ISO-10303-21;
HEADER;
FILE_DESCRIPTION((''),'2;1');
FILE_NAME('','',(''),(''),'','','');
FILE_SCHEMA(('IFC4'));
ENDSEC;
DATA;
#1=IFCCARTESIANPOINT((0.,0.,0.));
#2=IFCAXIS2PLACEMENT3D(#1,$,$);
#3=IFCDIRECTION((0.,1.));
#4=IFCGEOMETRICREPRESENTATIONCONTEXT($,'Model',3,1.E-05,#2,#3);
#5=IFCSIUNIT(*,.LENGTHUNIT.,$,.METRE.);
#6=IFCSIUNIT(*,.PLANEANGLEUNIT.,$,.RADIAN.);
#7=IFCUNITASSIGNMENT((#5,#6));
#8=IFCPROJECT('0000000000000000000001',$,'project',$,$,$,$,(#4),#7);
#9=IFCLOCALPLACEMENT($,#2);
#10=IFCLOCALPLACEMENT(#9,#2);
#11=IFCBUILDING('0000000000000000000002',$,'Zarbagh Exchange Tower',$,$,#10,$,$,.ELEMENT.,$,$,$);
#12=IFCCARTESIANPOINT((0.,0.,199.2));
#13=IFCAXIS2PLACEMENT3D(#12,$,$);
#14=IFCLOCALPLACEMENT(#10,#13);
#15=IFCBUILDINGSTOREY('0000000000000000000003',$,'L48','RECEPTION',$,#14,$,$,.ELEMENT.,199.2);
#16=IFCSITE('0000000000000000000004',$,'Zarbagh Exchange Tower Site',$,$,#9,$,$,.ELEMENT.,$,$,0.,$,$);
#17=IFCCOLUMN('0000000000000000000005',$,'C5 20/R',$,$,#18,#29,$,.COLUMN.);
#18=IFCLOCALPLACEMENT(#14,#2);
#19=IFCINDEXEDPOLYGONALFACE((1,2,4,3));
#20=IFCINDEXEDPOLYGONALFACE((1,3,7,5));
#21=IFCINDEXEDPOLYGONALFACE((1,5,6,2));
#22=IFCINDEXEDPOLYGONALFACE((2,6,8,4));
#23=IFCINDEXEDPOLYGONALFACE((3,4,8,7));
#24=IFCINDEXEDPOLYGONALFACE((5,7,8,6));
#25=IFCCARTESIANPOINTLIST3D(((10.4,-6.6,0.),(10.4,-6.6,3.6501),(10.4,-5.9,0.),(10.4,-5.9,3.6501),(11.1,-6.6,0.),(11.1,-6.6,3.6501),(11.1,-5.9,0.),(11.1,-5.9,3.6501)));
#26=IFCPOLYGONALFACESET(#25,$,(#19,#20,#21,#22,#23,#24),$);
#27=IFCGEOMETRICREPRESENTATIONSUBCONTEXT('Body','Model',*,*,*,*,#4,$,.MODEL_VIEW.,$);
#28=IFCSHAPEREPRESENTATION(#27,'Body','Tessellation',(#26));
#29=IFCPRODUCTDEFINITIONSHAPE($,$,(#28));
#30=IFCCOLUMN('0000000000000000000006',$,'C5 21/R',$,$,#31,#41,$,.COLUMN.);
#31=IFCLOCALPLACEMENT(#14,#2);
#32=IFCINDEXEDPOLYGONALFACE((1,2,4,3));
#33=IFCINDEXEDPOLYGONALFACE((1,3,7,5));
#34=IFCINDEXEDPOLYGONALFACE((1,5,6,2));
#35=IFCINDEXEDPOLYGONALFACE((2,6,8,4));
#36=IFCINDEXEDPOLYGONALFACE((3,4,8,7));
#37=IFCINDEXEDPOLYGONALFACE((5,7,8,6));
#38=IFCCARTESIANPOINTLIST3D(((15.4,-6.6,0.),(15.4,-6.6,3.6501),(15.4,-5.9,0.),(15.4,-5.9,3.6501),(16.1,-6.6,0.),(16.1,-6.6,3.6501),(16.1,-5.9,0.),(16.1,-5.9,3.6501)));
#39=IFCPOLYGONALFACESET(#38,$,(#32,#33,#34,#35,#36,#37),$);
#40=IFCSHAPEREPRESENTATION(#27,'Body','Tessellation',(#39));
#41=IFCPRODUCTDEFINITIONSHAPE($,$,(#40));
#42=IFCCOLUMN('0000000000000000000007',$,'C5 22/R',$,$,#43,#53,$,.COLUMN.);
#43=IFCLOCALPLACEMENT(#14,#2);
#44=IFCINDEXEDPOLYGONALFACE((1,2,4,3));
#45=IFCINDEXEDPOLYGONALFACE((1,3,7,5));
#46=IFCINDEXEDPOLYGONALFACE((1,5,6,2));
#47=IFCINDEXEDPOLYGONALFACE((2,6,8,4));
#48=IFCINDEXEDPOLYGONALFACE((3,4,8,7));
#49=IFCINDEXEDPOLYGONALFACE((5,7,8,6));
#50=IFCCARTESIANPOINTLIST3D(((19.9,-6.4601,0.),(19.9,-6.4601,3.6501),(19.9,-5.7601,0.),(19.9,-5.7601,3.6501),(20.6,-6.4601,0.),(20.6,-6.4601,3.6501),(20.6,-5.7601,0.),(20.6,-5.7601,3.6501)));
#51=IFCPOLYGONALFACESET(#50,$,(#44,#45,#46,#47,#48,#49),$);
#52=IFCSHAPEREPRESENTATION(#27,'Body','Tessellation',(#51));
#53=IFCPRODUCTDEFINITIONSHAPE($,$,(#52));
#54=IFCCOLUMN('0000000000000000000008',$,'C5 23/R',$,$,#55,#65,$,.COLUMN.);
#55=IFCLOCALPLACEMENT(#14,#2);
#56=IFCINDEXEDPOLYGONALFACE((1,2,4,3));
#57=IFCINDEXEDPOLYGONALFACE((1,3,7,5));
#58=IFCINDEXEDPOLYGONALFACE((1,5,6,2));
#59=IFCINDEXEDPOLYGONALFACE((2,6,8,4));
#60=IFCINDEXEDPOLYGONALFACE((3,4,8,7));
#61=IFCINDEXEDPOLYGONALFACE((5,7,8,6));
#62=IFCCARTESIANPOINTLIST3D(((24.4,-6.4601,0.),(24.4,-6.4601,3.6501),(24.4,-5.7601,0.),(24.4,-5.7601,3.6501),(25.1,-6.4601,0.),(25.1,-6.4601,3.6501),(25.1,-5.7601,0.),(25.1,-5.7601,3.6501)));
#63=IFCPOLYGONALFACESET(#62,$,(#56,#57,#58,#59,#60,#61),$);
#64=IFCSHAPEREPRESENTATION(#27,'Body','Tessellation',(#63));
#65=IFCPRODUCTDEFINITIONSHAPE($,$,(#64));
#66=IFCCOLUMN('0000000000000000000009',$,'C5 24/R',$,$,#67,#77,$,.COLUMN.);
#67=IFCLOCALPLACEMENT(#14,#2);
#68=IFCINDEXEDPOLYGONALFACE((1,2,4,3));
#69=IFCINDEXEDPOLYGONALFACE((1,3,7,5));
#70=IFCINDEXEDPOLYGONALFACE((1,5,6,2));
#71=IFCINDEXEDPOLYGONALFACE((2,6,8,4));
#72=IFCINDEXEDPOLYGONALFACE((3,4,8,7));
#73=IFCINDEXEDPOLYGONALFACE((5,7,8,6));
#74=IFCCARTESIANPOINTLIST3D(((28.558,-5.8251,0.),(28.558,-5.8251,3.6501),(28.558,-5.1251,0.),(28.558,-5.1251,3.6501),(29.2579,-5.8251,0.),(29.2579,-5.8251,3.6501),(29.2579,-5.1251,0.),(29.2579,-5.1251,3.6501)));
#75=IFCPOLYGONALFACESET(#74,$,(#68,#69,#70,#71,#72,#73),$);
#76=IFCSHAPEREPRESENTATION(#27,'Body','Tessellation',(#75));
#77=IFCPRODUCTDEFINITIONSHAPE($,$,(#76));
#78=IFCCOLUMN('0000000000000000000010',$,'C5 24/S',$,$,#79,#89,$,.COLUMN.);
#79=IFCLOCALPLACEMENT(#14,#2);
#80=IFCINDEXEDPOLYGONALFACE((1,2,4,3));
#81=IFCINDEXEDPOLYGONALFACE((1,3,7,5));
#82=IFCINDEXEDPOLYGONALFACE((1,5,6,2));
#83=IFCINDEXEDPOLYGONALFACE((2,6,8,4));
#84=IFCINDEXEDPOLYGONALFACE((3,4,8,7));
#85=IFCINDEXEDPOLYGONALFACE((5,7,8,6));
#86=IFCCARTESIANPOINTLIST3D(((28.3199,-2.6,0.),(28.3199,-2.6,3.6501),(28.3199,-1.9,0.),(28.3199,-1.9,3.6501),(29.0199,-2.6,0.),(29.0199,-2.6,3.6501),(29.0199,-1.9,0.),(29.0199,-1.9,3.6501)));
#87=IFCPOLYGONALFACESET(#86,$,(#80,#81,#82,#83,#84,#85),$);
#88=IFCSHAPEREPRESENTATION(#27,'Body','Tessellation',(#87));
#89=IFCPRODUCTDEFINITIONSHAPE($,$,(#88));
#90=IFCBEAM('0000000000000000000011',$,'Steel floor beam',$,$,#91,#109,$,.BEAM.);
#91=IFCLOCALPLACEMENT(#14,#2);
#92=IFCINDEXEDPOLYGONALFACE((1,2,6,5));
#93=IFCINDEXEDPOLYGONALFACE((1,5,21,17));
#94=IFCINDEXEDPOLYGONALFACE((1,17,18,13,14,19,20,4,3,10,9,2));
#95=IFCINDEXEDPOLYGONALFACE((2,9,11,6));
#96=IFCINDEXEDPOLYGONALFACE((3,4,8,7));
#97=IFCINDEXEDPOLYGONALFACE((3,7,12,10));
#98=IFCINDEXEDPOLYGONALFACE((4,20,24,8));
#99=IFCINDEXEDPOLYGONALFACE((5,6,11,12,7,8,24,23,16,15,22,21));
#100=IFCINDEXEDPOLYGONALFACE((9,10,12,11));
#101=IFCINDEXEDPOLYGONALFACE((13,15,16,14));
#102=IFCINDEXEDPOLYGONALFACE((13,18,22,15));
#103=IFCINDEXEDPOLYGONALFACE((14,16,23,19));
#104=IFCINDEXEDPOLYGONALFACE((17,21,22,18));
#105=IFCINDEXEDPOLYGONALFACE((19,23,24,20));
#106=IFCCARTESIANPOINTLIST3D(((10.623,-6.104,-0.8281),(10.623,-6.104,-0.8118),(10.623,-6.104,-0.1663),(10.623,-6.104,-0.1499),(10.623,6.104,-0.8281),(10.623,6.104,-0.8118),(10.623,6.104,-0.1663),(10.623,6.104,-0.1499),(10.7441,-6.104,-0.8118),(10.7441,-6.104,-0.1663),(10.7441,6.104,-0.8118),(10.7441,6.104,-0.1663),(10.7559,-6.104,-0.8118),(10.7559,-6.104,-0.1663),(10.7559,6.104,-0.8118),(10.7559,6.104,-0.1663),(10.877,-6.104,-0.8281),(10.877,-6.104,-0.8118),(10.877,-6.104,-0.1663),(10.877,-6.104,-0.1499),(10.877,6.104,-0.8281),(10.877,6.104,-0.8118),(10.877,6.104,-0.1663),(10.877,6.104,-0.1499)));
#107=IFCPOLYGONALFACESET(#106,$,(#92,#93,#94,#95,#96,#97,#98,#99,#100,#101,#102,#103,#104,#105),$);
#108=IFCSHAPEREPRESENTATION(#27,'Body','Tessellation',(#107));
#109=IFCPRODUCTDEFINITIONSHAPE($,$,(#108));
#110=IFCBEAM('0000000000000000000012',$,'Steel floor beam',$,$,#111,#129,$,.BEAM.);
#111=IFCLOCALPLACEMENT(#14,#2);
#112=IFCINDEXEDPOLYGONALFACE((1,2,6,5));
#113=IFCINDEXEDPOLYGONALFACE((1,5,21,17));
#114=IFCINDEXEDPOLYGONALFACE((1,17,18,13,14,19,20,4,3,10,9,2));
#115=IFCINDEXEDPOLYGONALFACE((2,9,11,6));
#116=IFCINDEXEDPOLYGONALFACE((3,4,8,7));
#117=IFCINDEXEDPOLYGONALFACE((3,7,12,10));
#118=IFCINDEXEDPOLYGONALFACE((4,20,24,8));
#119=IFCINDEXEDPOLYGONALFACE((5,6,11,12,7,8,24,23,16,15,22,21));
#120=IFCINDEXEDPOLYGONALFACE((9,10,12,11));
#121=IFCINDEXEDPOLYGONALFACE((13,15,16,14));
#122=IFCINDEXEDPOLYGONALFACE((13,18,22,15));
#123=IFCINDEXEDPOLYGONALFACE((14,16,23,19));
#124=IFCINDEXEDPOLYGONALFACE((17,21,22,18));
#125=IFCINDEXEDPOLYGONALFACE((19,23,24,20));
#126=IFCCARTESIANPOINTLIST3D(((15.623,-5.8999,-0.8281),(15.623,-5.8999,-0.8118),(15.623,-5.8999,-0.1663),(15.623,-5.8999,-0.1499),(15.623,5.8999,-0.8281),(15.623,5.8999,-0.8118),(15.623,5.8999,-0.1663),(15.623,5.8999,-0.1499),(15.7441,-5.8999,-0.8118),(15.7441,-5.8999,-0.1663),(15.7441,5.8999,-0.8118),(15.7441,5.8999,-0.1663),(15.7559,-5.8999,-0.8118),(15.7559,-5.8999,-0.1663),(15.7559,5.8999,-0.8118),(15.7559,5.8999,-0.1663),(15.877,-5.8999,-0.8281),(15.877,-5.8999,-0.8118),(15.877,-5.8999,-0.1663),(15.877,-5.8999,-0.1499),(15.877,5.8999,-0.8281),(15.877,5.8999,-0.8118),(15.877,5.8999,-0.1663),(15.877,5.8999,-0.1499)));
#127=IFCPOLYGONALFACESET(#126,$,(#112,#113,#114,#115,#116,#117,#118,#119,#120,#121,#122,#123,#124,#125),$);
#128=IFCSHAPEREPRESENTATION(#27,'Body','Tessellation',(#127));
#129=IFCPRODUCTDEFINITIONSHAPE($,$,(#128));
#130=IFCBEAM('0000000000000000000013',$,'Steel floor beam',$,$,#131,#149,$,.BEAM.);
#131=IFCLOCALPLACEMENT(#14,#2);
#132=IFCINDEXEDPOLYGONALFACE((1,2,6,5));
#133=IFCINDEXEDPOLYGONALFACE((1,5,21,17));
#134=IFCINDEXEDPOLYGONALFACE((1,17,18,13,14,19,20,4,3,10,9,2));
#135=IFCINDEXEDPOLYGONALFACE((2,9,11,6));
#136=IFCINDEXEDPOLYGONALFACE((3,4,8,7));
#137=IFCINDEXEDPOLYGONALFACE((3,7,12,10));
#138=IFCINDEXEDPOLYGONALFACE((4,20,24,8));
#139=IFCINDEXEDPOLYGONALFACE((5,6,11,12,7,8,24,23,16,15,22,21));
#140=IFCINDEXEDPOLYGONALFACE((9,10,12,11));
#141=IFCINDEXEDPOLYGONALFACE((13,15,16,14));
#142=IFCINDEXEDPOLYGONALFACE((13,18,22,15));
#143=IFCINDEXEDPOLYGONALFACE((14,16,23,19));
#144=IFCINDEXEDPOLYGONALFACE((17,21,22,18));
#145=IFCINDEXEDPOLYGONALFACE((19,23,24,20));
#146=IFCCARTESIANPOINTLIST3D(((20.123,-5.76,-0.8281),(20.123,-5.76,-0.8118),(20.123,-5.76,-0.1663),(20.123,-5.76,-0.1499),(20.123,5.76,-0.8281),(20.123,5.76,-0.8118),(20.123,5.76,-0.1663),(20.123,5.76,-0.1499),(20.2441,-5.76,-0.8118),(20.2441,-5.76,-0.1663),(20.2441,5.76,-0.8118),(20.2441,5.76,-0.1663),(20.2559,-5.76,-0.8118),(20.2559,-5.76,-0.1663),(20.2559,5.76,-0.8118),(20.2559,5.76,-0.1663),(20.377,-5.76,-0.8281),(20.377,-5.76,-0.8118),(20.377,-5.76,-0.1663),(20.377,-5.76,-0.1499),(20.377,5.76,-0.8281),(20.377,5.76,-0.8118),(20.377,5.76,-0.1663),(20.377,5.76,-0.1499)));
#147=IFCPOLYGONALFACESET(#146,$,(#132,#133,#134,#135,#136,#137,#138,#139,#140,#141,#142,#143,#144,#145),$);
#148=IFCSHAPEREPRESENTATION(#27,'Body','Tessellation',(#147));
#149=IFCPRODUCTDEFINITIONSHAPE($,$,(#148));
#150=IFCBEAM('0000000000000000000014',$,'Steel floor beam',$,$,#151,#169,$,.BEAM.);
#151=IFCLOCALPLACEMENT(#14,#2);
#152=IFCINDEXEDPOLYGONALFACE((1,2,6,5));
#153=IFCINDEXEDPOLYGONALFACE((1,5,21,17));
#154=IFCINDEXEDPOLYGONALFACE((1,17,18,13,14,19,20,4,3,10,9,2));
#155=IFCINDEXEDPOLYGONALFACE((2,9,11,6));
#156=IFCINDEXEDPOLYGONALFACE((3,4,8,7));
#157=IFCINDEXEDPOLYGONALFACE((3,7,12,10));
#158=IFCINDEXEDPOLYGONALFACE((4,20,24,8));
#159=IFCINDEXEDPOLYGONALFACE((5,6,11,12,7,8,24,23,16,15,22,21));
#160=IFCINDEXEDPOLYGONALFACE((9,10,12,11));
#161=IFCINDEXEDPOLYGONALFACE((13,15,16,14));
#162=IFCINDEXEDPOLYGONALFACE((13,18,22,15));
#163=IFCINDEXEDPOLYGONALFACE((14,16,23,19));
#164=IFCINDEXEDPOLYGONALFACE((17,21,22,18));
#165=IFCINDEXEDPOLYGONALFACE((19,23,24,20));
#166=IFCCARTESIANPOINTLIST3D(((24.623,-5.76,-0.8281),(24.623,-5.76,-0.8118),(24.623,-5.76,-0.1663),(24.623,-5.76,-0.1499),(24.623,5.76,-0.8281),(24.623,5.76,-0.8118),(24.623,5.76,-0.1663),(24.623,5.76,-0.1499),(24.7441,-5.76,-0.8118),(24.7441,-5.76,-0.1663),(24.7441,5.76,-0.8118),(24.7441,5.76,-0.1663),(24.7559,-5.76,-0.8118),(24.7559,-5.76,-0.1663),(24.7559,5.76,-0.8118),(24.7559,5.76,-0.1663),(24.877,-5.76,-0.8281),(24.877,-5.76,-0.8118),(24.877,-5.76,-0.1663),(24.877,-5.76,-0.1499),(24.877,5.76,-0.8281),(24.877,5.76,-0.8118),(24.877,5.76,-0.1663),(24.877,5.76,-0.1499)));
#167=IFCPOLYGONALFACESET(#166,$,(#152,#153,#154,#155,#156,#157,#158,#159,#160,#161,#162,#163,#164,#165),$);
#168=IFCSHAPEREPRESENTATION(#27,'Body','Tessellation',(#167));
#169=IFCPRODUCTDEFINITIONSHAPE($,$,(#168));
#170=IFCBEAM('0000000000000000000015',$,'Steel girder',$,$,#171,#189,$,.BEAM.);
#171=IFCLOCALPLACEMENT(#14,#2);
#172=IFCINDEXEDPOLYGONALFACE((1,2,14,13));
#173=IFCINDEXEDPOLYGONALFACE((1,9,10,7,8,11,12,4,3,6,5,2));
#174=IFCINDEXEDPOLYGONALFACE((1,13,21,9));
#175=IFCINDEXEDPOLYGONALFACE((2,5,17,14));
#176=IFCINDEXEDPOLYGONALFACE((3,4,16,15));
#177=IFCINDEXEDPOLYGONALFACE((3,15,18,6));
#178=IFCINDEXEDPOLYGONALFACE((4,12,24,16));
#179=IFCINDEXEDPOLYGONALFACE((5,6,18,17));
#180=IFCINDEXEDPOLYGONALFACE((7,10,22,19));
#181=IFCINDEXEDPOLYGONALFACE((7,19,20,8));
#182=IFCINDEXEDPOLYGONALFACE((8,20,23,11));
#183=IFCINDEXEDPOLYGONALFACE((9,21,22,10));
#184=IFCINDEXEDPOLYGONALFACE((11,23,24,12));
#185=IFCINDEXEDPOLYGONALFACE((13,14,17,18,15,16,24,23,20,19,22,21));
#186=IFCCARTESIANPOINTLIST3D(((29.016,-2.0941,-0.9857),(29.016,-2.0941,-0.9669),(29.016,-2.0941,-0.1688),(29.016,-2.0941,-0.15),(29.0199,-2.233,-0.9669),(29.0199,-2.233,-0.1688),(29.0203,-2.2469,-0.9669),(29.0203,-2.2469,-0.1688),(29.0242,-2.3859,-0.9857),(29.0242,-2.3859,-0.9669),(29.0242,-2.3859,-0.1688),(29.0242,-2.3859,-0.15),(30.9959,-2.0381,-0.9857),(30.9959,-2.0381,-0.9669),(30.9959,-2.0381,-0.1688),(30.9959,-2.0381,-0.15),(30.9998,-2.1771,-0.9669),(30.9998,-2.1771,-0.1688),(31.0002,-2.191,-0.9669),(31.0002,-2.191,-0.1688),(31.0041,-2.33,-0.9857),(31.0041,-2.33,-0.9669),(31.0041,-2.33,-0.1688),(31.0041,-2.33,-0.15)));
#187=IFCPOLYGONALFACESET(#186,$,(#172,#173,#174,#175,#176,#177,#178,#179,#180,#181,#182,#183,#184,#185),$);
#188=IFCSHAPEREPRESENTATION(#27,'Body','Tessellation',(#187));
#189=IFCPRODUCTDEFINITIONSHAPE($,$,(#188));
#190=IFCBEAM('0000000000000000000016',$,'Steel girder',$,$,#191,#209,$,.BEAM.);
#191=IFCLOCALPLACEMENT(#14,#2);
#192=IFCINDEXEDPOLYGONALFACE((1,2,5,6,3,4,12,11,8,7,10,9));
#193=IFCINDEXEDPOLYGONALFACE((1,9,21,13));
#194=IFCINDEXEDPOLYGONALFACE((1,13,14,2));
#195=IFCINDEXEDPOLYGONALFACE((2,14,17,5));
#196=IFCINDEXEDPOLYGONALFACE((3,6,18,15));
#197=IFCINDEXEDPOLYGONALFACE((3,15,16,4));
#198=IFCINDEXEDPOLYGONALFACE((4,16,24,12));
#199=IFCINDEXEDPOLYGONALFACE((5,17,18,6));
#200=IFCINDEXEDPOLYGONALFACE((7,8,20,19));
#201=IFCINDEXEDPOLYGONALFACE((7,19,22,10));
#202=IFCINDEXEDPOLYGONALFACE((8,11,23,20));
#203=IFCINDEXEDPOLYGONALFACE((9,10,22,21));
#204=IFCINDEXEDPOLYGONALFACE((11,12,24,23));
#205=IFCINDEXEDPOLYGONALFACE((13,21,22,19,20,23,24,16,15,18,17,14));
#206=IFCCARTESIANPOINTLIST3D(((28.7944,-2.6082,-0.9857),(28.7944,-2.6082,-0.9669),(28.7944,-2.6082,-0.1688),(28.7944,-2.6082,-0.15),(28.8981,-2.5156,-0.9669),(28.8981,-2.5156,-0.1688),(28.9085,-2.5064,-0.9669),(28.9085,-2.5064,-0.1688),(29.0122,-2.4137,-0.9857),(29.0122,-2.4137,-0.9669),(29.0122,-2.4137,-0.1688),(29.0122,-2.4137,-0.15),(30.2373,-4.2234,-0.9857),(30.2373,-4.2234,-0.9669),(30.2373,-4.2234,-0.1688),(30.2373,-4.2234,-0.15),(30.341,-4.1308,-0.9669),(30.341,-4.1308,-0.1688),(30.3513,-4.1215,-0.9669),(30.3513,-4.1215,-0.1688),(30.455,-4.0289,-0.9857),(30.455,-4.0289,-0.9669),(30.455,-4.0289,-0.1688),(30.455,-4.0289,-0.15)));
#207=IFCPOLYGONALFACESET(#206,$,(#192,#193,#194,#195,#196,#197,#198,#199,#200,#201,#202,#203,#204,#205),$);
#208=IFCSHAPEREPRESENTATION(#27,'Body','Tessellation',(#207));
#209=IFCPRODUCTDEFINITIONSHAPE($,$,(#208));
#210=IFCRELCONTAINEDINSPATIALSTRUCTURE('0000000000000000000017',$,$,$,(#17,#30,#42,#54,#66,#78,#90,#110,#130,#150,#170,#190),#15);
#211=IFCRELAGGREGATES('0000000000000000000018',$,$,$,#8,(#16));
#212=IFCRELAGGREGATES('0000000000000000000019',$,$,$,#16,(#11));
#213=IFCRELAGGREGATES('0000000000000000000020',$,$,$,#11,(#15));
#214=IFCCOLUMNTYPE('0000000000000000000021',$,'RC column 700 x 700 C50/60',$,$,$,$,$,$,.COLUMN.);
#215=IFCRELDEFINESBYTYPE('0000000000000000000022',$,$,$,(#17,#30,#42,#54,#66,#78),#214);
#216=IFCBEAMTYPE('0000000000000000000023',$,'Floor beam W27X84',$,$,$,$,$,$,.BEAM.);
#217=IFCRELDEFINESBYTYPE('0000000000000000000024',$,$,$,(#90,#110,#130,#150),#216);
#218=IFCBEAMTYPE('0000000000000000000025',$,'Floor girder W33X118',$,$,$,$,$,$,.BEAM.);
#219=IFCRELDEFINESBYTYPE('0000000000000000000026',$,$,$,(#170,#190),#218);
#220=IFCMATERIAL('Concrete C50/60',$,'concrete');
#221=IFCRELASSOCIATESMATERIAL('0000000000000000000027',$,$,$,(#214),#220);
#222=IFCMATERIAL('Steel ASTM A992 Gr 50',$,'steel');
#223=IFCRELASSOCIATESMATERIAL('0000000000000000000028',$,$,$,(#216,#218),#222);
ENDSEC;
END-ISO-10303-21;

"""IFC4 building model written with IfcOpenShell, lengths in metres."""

from ifc_helpers import new_model, si_unit, direction, frame, origin, origin_2d, place, context, subcontext, project, spatial, rectangle, i_section, extrude, material, material_profile, profile_set, type_object, element, save


model = new_model("IFC4")

# Units and contexts
model_context = context("Model", 3, precision=1e-05, world=origin(), true_north=direction((0.0, 1.0)))
body_context = subcontext(model_context, "Body", "Model", "MODEL_VIEW")
ifc_project = project(units=[si_unit("LENGTHUNIT", "METRE"), si_unit("PLANEANGLEUNIT", "RADIAN")], contexts=[model_context])

# Site, building, storey
site_placement = place(None, origin())
site = spatial("IfcSite", under=ifc_project, at=site_placement, Name="Zarbagh Exchange Tower Site", CompositionType="ELEMENT", RefElevation=0.0)
building_placement = place(site_placement, origin())
building = spatial("IfcBuilding", under=site, at=building_placement, Name="Zarbagh Exchange Tower", CompositionType="ELEMENT")
storey_placement = place(building_placement, frame((0.0, 0.0, 199.2)))
storey = spatial("IfcBuildingStorey", under=building, at=storey_placement, Name="L48", Description="RECEPTION", CompositionType="ELEMENT", Elevation=199.2)

# Columns
ifc_material_1 = material(Name="Concrete C50/60", Category="concrete")
ifc_material_profile_1 = material_profile(ifc_material_1, rectangle(XDim=0.7, YDim=0.7, at=origin_2d()), Name="RC column 700 x 700 C50/60")
ifc_profile_set_1 = profile_set([ifc_material_profile_1], Name="Concrete C50/60")
column_type = type_object("IfcColumnType", Name="RC column 700 x 700 C50/60", PredefinedType="COLUMN", material=ifc_profile_set_1)
for number, where, z_axis, x_axis, name in (
    (1, (10.75, -6.25, 0.0), (0.0, 0.0, 1.0), (1.0, 0.0, 0.0), "C5 20/R"),
    (2, (15.75, -6.25, 0.0), (0.0, 0.0, 1.0), (1.0, 0.0, 0.0), "C5 21/R"),
    (3, (20.25, -6.1101, 0.0), (0.0, 0.0, 1.0), (1.0, 0.0, 0.0), "C5 22/R"),
    (4, (24.75, -6.1101, 0.0), (0.0, 0.0, 1.0), (1.0, 0.0, 0.0), "C5 23/R"),
    (5, (28.908, -5.4751, 0.0), (0.0, 0.0, 1.0), (1.0, 0.0, 0.0), "C5 24/R"),
    (6, (28.6699, -2.25, 0.0), (0.0, 0.0, 1.0), (1.0, 0.0, 0.0), "C5 24/S"),
):
    element("IfcColumn", number, at=place(storey_placement, frame(where, z_axis=z_axis, x_axis=x_axis)), inside=storey, type_object=column_type, Name=name, PredefinedType="COLUMN", context=body_context, shape_type="SweptSolid", body=[
        extrude(rectangle(XDim=0.7, YDim=0.7, at=origin_2d()), origin(), (0.0, 0.0, 1.0), 3.6501),
    ])

# Beams
ifc_material_2 = material(Name="Steel ASTM A992 Gr 50", Category="steel")
ifc_material_profile_2 = material_profile(ifc_material_2, i_section(OverallWidth=0.2539, OverallDepth=0.6782, WebThickness=0.0117, FlangeThickness=0.0164, at=origin_2d()), Name="W27X84")
ifc_profile_set_2 = profile_set([ifc_material_profile_2], Name="Steel ASTM A992 Gr 50")
beam_type_1 = type_object("IfcBeamType", Name="Floor beam W27X84", PredefinedType="BEAM", material=ifc_profile_set_2)
beam_1_placement = place(storey_placement, frame((10.75, -6.104, -0.489), z_axis=(0.0, 1.0, 0.0), x_axis=(-1.0, 0.0, 0.0)))
element("IfcBeam", 7, at=beam_1_placement, inside=storey, type_object=beam_type_1, Name="Steel floor beam", PredefinedType="BEAM", context=body_context, shape_type="SweptSolid", body=[
    extrude(i_section(OverallWidth=0.2539, OverallDepth=0.6782, WebThickness=0.0117, FlangeThickness=0.0164, at=origin_2d()), origin(), (0.0, 0.0, 1.0), 12.208),
])
beam_2_placement = place(storey_placement, frame((15.75, -5.8999, -0.489), z_axis=(0.0, 1.0, 0.0), x_axis=(-1.0, 0.0, 0.0)))
element("IfcBeam", 8, at=beam_2_placement, inside=storey, type_object=beam_type_1, Name="Steel floor beam", PredefinedType="BEAM", context=body_context, shape_type="SweptSolid", body=[
    extrude(i_section(OverallWidth=0.2539, OverallDepth=0.6782, WebThickness=0.0117, FlangeThickness=0.0164, at=origin_2d()), origin(), (0.0, 0.0, 1.0), 11.7998),
])
for number, where, z_axis, x_axis, name in (
    (9, (20.25, -5.76, -0.489), (0.0, 1.0, 0.0), (-1.0, 0.0, 0.0), "Steel floor beam"),
    (10, (24.75, -5.76, -0.489), (0.0, 1.0, 0.0), (-1.0, 0.0, 0.0), "Steel floor beam"),
):
    element("IfcBeam", number, at=place(storey_placement, frame(where, z_axis=z_axis, x_axis=x_axis)), inside=storey, type_object=beam_type_1, Name=name, PredefinedType="BEAM", context=body_context, shape_type="SweptSolid", body=[
        extrude(i_section(OverallWidth=0.2539, OverallDepth=0.6782, WebThickness=0.0117, FlangeThickness=0.0164, at=origin_2d()), origin(), (0.0, 0.0, 1.0), 11.52),
    ])
ifc_material_profile_3 = material_profile(ifc_material_2, i_section(OverallWidth=0.292, OverallDepth=0.8357, WebThickness=0.0139, FlangeThickness=0.0188, at=origin_2d()), Name="W33X118")
ifc_profile_set_3 = profile_set([ifc_material_profile_3], Name="Steel ASTM A992 Gr 50")
beam_type_2 = type_object("IfcBeamType", Name="Floor girder W33X118", PredefinedType="BEAM", material=ifc_profile_set_3)
beam_3_placement = place(storey_placement, frame((31.0, -2.1841, -0.5679), z_axis=(-0.999602, -0.028225, 0.0), x_axis=(0.028225, -0.999602, 0.0)))
element("IfcBeam", 11, at=beam_3_placement, inside=storey, type_object=beam_type_2, Name="Steel girder", PredefinedType="BEAM", context=body_context, shape_type="SweptSolid", body=[
    extrude(i_section(OverallWidth=0.292, OverallDepth=0.8357, WebThickness=0.0139, FlangeThickness=0.0188, at=origin_2d()), origin(), (0.0, 0.0, 1.0), 1.9807),
])
beam_4_placement = place(storey_placement, frame((28.9033, -2.511, -0.5679), z_axis=(0.666195, -0.745778, 0.0), x_axis=(0.745778, 0.666195, 0.0)))
element("IfcBeam", 12, at=beam_4_placement, inside=storey, type_object=beam_type_2, Name="Steel girder", PredefinedType="BEAM", context=body_context, shape_type="SweptSolid", body=[
    extrude(i_section(OverallWidth=0.292, OverallDepth=0.8357, WebThickness=0.0139, FlangeThickness=0.0188, at=origin_2d()), origin(), (0.0, 0.0, 1.0), 2.1658),
])

save(model, "model.ifc")
